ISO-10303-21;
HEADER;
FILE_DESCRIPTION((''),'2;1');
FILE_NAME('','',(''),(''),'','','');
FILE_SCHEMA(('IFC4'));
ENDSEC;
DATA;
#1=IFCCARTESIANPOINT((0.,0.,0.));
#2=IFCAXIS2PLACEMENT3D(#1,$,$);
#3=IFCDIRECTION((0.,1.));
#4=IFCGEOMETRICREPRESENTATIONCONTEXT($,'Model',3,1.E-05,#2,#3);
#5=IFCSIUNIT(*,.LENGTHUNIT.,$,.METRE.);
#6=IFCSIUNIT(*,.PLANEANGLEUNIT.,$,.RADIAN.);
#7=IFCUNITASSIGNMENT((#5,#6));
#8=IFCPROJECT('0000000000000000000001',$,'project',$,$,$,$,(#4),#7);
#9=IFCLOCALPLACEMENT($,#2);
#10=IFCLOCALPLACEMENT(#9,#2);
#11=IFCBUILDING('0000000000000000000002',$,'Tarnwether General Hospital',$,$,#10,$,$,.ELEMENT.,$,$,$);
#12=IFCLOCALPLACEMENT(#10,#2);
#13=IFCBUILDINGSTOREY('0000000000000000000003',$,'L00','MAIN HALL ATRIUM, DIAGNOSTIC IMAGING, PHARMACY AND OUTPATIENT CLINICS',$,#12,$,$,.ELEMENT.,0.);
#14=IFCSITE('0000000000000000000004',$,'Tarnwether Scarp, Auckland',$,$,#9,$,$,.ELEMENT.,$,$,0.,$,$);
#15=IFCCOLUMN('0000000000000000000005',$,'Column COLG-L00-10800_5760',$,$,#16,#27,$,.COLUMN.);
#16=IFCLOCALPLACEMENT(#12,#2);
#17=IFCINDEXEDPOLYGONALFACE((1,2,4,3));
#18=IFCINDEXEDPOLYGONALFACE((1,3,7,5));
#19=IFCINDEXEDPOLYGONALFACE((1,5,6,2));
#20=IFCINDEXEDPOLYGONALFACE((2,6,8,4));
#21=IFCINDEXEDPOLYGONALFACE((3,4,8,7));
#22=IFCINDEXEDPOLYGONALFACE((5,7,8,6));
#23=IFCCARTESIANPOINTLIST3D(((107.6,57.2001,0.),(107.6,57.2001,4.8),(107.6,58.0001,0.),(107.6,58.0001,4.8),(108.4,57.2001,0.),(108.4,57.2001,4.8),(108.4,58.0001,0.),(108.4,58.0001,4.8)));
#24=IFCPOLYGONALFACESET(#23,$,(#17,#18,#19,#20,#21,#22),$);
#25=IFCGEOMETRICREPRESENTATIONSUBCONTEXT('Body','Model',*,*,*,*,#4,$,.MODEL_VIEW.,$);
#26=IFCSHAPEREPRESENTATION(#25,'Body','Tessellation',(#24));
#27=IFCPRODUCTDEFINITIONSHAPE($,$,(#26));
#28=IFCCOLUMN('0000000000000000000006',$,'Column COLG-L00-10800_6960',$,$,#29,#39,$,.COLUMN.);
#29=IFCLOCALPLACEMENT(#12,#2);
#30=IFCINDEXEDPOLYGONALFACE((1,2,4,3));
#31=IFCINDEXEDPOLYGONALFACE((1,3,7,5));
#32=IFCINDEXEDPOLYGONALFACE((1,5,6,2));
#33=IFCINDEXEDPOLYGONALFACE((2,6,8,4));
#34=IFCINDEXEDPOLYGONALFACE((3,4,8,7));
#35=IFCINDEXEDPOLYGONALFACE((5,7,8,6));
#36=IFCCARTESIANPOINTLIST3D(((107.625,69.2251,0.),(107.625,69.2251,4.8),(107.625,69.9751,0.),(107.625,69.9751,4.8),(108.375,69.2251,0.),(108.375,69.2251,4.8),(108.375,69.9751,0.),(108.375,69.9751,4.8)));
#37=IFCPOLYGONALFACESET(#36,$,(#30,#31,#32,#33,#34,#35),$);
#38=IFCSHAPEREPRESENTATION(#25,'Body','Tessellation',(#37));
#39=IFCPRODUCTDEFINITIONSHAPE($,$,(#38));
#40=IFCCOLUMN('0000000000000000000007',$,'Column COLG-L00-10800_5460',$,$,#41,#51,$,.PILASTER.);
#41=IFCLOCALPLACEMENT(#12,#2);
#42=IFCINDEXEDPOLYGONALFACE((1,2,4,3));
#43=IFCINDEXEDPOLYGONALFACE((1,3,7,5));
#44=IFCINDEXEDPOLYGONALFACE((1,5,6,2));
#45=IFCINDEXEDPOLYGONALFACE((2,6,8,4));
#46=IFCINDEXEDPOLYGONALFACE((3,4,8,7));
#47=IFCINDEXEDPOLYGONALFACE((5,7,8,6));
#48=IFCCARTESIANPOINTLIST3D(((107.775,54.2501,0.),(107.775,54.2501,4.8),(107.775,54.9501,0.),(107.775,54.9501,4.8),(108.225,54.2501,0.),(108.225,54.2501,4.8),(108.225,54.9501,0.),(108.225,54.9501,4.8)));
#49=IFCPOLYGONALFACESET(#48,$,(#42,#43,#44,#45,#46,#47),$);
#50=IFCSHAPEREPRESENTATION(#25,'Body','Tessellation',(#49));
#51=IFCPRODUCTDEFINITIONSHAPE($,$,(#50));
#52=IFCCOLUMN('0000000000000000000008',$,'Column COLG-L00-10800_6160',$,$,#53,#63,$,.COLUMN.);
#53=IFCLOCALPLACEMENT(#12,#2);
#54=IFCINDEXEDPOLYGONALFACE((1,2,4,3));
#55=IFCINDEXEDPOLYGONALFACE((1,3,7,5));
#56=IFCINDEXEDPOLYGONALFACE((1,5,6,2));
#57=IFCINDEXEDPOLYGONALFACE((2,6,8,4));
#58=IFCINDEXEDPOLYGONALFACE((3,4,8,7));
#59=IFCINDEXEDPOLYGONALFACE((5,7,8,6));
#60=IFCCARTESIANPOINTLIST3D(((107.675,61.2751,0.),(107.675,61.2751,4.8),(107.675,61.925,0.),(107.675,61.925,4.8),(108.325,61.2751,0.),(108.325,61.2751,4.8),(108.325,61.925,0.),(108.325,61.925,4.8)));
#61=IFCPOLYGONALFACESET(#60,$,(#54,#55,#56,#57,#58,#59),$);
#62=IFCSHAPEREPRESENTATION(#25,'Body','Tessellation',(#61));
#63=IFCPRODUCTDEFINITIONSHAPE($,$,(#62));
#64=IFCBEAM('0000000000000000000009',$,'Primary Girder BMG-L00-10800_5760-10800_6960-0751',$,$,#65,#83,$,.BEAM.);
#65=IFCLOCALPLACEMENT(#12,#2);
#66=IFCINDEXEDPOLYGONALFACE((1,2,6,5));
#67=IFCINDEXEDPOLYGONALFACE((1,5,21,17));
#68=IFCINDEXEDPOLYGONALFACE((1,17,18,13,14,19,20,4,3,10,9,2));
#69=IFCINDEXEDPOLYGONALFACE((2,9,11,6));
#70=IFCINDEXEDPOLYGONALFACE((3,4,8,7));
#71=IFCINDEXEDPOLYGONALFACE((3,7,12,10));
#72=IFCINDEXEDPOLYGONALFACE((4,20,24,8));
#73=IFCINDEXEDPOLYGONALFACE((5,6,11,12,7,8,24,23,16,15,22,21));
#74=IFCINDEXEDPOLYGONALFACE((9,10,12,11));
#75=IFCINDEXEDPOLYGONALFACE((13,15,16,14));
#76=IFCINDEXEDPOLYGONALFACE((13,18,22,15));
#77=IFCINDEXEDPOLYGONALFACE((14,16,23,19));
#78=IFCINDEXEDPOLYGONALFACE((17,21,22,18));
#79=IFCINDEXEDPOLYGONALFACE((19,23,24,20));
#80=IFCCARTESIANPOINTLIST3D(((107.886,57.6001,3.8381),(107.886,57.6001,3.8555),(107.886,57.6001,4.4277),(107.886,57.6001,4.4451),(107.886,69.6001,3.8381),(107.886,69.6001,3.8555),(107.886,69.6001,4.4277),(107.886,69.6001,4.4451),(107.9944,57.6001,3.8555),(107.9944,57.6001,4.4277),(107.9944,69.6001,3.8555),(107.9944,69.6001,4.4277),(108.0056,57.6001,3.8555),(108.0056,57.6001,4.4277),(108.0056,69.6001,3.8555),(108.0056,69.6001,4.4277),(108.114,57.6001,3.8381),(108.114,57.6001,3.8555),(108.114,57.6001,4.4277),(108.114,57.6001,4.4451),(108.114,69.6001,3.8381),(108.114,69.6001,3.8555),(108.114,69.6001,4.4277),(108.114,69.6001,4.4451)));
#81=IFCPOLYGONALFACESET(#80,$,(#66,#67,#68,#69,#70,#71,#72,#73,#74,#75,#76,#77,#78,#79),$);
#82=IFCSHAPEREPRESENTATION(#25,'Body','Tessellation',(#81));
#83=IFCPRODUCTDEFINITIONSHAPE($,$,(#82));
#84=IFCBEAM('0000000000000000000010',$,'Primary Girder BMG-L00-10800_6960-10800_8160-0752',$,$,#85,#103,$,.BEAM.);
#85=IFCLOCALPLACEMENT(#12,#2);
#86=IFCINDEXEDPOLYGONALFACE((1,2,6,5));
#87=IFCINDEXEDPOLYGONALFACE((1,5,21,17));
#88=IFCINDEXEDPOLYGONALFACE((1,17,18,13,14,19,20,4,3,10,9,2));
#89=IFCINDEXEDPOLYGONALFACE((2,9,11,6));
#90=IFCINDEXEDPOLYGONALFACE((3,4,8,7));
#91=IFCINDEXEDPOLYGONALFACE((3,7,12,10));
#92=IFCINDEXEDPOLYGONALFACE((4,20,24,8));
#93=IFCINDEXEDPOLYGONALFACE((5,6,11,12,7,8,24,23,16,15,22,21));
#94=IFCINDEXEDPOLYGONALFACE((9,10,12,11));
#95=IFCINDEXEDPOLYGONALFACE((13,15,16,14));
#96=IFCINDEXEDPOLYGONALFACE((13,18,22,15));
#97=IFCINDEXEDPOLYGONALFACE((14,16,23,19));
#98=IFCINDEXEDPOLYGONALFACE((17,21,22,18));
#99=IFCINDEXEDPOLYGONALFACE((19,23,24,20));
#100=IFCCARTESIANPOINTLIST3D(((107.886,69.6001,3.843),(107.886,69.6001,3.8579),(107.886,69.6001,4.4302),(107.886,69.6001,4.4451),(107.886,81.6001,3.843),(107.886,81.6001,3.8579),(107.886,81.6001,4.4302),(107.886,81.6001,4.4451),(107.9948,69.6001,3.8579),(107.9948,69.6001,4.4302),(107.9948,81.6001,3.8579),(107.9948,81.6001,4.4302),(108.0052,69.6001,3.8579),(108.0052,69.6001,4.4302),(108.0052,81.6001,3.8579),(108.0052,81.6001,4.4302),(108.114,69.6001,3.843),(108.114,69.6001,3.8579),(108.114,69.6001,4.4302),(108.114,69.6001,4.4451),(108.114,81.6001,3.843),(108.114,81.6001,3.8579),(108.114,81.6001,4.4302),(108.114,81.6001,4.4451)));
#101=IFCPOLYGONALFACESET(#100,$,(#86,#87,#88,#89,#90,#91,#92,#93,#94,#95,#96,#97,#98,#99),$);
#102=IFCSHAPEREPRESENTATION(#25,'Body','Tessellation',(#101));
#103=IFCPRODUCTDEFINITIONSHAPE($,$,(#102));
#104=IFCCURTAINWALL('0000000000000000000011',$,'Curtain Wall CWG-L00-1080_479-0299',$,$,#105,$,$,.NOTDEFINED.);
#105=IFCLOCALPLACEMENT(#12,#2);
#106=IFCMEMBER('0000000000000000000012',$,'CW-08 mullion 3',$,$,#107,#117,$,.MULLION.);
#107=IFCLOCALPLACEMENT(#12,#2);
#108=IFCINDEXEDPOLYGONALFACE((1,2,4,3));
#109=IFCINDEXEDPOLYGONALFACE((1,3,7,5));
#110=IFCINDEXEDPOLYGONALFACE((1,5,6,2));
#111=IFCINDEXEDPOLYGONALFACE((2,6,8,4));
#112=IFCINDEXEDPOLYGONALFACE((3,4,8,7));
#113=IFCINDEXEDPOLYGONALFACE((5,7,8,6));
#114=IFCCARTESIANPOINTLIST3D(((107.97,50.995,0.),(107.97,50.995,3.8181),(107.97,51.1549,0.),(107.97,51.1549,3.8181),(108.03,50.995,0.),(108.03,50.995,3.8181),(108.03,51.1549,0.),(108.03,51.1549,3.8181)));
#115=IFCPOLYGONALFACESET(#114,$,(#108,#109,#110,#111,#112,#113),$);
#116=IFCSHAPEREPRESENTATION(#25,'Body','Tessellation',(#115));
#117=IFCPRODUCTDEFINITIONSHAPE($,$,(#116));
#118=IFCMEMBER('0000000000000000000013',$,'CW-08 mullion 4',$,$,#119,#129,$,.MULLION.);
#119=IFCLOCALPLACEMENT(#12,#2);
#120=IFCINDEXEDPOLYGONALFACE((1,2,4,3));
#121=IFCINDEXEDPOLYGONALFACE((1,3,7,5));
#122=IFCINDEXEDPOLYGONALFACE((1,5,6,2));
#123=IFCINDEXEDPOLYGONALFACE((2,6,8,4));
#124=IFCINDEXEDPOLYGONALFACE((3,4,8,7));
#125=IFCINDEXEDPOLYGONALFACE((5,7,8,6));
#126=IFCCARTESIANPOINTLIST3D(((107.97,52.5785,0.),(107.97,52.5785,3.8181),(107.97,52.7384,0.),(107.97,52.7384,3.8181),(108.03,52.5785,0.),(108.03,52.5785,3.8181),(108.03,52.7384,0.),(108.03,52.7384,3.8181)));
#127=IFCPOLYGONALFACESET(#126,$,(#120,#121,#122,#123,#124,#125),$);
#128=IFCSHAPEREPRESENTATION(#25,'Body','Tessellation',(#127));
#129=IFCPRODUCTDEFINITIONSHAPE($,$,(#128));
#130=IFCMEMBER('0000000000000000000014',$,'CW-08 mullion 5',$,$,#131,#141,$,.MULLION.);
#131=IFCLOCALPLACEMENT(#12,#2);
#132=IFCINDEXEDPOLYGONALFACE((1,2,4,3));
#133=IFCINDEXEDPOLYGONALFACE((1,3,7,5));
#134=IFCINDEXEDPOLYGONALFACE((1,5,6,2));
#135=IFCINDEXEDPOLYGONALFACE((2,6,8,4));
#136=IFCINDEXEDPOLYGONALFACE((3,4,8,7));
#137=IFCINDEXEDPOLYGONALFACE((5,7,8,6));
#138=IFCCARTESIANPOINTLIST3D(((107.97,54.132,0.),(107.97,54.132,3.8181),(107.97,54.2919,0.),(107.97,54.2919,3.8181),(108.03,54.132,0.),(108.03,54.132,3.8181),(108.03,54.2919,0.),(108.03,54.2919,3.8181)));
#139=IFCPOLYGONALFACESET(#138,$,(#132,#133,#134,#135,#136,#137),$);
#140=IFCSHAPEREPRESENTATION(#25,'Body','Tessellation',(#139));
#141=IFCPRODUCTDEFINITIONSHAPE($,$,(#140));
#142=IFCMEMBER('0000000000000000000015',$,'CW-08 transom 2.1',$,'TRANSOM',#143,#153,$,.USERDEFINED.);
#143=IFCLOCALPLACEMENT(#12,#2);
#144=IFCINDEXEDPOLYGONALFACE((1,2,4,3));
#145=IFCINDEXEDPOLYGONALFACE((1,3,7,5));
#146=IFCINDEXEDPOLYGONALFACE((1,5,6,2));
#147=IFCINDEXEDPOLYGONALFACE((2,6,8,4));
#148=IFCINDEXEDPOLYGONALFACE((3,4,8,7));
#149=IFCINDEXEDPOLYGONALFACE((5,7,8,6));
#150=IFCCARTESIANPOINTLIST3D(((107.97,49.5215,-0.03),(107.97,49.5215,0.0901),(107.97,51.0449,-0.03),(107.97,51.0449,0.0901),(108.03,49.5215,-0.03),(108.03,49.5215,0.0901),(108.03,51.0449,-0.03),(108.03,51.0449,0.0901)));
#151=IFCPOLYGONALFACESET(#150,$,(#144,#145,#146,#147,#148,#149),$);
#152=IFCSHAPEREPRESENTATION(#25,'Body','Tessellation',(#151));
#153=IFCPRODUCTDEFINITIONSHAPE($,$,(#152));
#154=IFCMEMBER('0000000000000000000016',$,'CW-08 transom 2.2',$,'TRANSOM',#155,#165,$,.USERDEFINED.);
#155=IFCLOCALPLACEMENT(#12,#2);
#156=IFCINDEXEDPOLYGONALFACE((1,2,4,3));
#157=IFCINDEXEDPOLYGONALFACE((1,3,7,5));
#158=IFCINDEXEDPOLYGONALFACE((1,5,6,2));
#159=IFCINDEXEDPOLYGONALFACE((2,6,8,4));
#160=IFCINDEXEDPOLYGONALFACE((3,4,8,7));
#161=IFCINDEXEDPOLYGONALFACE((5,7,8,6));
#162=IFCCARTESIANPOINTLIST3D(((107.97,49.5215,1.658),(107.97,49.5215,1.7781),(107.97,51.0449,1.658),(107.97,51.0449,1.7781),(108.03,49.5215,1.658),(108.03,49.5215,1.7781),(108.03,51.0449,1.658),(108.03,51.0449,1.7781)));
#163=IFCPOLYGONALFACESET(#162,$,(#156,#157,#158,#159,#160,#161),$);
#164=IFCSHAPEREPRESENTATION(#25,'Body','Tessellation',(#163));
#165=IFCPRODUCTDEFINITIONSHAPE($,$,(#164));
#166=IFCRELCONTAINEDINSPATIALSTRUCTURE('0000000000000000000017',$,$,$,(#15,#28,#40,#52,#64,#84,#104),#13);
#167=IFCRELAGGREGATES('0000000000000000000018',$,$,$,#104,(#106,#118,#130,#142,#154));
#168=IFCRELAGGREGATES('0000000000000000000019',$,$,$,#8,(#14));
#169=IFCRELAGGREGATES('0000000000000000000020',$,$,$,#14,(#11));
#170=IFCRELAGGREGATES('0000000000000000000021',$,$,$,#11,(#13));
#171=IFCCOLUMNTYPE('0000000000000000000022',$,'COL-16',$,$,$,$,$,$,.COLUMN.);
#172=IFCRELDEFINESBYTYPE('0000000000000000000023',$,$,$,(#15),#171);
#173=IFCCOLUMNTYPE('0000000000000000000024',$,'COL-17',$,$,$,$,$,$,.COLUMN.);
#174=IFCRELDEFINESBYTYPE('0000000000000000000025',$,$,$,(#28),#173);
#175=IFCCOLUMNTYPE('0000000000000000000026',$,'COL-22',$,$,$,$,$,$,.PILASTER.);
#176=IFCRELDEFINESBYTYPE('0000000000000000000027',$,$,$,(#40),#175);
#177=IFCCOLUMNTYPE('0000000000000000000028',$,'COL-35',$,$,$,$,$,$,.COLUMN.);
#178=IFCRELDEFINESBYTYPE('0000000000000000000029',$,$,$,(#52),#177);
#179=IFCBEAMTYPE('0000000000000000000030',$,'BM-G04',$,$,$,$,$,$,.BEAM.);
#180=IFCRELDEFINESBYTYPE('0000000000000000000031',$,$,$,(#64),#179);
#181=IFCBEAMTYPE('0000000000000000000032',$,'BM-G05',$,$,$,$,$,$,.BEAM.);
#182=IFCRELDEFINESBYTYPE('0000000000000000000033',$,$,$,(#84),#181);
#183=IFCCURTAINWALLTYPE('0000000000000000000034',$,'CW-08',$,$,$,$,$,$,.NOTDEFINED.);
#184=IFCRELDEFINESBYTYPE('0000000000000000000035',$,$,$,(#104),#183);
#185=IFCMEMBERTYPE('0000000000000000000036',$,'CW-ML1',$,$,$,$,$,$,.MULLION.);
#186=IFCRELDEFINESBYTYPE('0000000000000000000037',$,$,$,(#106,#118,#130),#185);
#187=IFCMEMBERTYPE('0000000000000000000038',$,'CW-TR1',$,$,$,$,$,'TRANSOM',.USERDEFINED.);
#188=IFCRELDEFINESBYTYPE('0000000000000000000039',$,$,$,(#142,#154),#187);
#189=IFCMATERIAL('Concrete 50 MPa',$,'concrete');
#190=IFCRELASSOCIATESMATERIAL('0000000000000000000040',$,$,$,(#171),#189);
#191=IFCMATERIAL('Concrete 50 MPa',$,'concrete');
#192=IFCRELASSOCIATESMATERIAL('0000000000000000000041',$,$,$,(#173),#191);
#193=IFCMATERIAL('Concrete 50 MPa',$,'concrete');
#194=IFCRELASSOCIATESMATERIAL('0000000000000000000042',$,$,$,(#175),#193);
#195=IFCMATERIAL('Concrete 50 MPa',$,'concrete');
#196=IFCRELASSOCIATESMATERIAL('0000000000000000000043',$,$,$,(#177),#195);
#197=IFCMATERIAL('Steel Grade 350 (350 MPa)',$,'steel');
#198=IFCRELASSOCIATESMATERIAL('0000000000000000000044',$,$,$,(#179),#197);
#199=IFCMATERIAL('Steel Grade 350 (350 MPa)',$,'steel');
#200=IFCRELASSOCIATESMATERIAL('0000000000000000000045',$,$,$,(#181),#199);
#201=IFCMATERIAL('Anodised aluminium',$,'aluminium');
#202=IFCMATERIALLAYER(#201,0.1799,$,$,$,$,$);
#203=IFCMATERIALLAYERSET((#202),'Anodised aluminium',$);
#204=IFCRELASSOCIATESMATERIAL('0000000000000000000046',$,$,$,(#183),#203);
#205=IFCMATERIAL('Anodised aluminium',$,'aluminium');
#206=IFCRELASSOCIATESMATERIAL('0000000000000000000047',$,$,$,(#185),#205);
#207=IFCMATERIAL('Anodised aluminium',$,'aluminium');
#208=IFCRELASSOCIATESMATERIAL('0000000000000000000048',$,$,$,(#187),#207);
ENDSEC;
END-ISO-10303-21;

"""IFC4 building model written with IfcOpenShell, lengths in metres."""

from ifc_helpers import new_model, si_unit, direction, frame, origin, origin_2d, place, context, subcontext, project, spatial, rectangle, i_section, extrude, material, layer, layer_set, material_profile, profile_set, type_object, element, aggregate, save


model = new_model("IFC4")

# Units and contexts
model_context = context("Model", 3, precision=1e-05, world=origin(), true_north=direction((0.0, 1.0)))
body_context = subcontext(model_context, "Body", "Model", "MODEL_VIEW")
ifc_project = project(units=[si_unit("LENGTHUNIT", "METRE"), si_unit("PLANEANGLEUNIT", "RADIAN")], contexts=[model_context])

# Site, building, storey
site_placement = place(None, origin())
site = spatial("IfcSite", under=ifc_project, at=site_placement, Name="Tarnwether Scarp, Auckland", CompositionType="ELEMENT", RefElevation=0.0)
building_placement = place(site_placement, origin())
building = spatial("IfcBuilding", under=site, at=building_placement, Name="Tarnwether General Hospital", CompositionType="ELEMENT")
storey_placement = place(building_placement, origin())
storey = spatial("IfcBuildingStorey", under=building, at=storey_placement, Name="L00", Description="MAIN HALL ATRIUM, DIAGNOSTIC IMAGING, PHARMACY AND OUTPATIENT CLINICS", CompositionType="ELEMENT", Elevation=0.0)

# Columns
ifc_material_1 = material(Name="Concrete 50 MPa", Category="concrete")
ifc_material_profile_1 = material_profile(ifc_material_1, rectangle(XDim=0.8, YDim=0.8, at=origin_2d()), Name="RC-COL-800x800")
ifc_profile_set_1 = profile_set([ifc_material_profile_1], Name="Concrete 50 MPa")
column_type_1 = type_object("IfcColumnType", Name="COL-16", PredefinedType="COLUMN", material=ifc_profile_set_1)
column_1_placement = place(storey_placement, frame((108.0, 57.6001, 0.0), z_axis=(0.0, 0.0, 1.0), x_axis=(0.0, 1.0, 0.0)))
element("IfcColumn", 1, at=column_1_placement, inside=storey, type_object=column_type_1, Name="Column COLG-L00-10800_5760", PredefinedType="COLUMN", context=body_context, shape_type="SweptSolid", body=[
    extrude(rectangle(XDim=0.8, YDim=0.8, at=origin_2d()), origin(), (0.0, 0.0, 1.0), 4.8),
])
ifc_material_2 = material(Name="Concrete 50 MPa", Category="concrete")
ifc_material_profile_2 = material_profile(ifc_material_2, rectangle(XDim=0.75, YDim=0.75, at=origin_2d()), Name="RC-COL-750x750")
ifc_profile_set_2 = profile_set([ifc_material_profile_2], Name="Concrete 50 MPa")
column_type_2 = type_object("IfcColumnType", Name="COL-17", PredefinedType="COLUMN", material=ifc_profile_set_2)
column_2_placement = place(storey_placement, frame((108.0, 69.6001, 0.0), z_axis=(0.0, 0.0, 1.0), x_axis=(0.0, 1.0, 0.0)))
element("IfcColumn", 2, at=column_2_placement, inside=storey, type_object=column_type_2, Name="Column COLG-L00-10800_6960", PredefinedType="COLUMN", context=body_context, shape_type="SweptSolid", body=[
    extrude(rectangle(XDim=0.75, YDim=0.75, at=origin_2d()), origin(), (0.0, 0.0, 1.0), 4.8),
])
ifc_material_3 = material(Name="Concrete 50 MPa", Category="concrete")
ifc_material_profile_3 = material_profile(ifc_material_3, rectangle(XDim=0.45, YDim=0.7, at=origin_2d()), Name="RC-PIL-450x700")
ifc_profile_set_3 = profile_set([ifc_material_profile_3], Name="Concrete 50 MPa")
column_type_3 = type_object("IfcColumnType", Name="COL-22", PredefinedType="PILASTER", material=ifc_profile_set_3)
column_3_placement = place(storey_placement, frame((108.0, 54.6001, 0.0), z_axis=(0.0, 0.0, 1.0), x_axis=(1.0, 0.0, 0.0)))
element("IfcColumn", 3, at=column_3_placement, inside=storey, type_object=column_type_3, Name="Column COLG-L00-10800_5460", PredefinedType="PILASTER", context=body_context, shape_type="SweptSolid", body=[
    extrude(rectangle(XDim=0.45, YDim=0.7, at=origin_2d()), origin(), (0.0, 0.0, 1.0), 4.8),
])
ifc_material_4 = material(Name="Concrete 50 MPa", Category="concrete")
ifc_material_profile_4 = material_profile(ifc_material_4, rectangle(XDim=0.6499, YDim=0.6499, at=origin_2d()), Name="RC-COL-650x650")
ifc_profile_set_4 = profile_set([ifc_material_profile_4], Name="Concrete 50 MPa")
column_type_4 = type_object("IfcColumnType", Name="COL-35", PredefinedType="COLUMN", material=ifc_profile_set_4)
column_4_placement = place(storey_placement, frame((108.0, 61.6001, 0.0), z_axis=(0.0, 0.0, 1.0), x_axis=(1.0, 0.0, 0.0)))
element("IfcColumn", 4, at=column_4_placement, inside=storey, type_object=column_type_4, Name="Column COLG-L00-10800_6160", PredefinedType="COLUMN", context=body_context, shape_type="SweptSolid", body=[
    extrude(rectangle(XDim=0.6499, YDim=0.6499, at=origin_2d()), origin(), (0.0, 0.0, 1.0), 4.8),
])

# Beams
ifc_material_5 = material(Name="Steel Grade 350 (350 MPa)", Category="steel")
ifc_material_profile_5 = material_profile(ifc_material_5, i_section(OverallWidth=0.228, OverallDepth=0.6069, WebThickness=0.0112, FlangeThickness=0.0173, at=origin_2d()), Name="610UB113")
ifc_profile_set_5 = profile_set([ifc_material_profile_5], Name="Steel Grade 350 (350 MPa)")
beam_type_1 = type_object("IfcBeamType", Name="BM-G04", PredefinedType="BEAM", material=ifc_profile_set_5)
beam_1_placement = place(storey_placement, frame((108.0, 57.6001, 4.1416), z_axis=(0.0, 1.0, 0.0), x_axis=(-1.0, 0.0, 0.0)))
element("IfcBeam", 5, at=beam_1_placement, inside=storey, type_object=beam_type_1, Name="Primary Girder BMG-L00-10800_5760-10800_6960-0751", PredefinedType="BEAM", context=body_context, shape_type="SweptSolid", body=[
    extrude(i_section(OverallWidth=0.228, OverallDepth=0.6069, WebThickness=0.0112, FlangeThickness=0.0173, at=origin_2d()), origin(), (0.0, 0.0, 1.0), 12.0),
])
ifc_material_6 = material(Name="Steel Grade 350 (350 MPa)", Category="steel")
ifc_material_profile_6 = material_profile(ifc_material_6, i_section(OverallWidth=0.228, OverallDepth=0.6021, WebThickness=0.0105, FlangeThickness=0.0149, at=origin_2d()), Name="610UB101")
ifc_profile_set_6 = profile_set([ifc_material_profile_6], Name="Steel Grade 350 (350 MPa)")
beam_type_2 = type_object("IfcBeamType", Name="BM-G05", PredefinedType="BEAM", material=ifc_profile_set_6)
beam_2_placement = place(storey_placement, frame((108.0, 69.6001, 4.144), z_axis=(0.0, 1.0, 0.0), x_axis=(-1.0, 0.0, 0.0)))
element("IfcBeam", 6, at=beam_2_placement, inside=storey, type_object=beam_type_2, Name="Primary Girder BMG-L00-10800_6960-10800_8160-0752", PredefinedType="BEAM", context=body_context, shape_type="SweptSolid", body=[
    extrude(i_section(OverallWidth=0.228, OverallDepth=0.6021, WebThickness=0.0105, FlangeThickness=0.0149, at=origin_2d()), origin(), (0.0, 0.0, 1.0), 12.0),
])

# Curtain wall, members
ifc_material_7 = material(Name="Anodised aluminium", Category="aluminium")
ifc_layer_1 = layer(ifc_material_7, 0.1799)
ifc_layer_set_1 = layer_set([ifc_layer_1], Name="Anodised aluminium")
curtain_wall_type = type_object("IfcCurtainWallType", Name="CW-08", PredefinedType="NOTDEFINED", material=ifc_layer_set_1)
curtain_wall_placement = place(storey_placement, origin())
curtain_wall = element("IfcCurtainWall", 7, at=curtain_wall_placement, inside=storey, type_object=curtain_wall_type, Name="Curtain Wall CWG-L00-1080_479-0299", PredefinedType="NOTDEFINED")
ifc_material_8 = material(Name="Anodised aluminium", Category="aluminium")
ifc_material_profile_7 = material_profile(ifc_material_8, rectangle(XDim=0.0601, YDim=0.1599, at=origin_2d()), Name="ALU-MUL-60x160")
ifc_profile_set_7 = profile_set([ifc_material_profile_7], Name="Anodised aluminium")
member_type_1 = type_object("IfcMemberType", Name="CW-ML1", PredefinedType="MULLION", material=ifc_profile_set_7)
member_1_placement = place(storey_placement, frame((108.0, 51.075, 0.0), z_axis=(0.0, 0.0, 1.0), x_axis=(-1.0, 0.0, 0.0)))
member_1 = element("IfcMember", 8, at=member_1_placement, type_object=member_type_1, Name="CW-08 mullion 3", PredefinedType="MULLION", context=body_context, shape_type="SweptSolid", body=[
    extrude(rectangle(XDim=0.0601, YDim=0.1599, at=origin_2d()), origin(), (0.0, 0.0, 1.0), 3.8181),
])
member_2_placement = place(storey_placement, frame((108.0, 52.6584, 0.0), z_axis=(0.0, 0.0, 1.0), x_axis=(-1.0, 0.0, 0.0)))
member_2 = element("IfcMember", 9, at=member_2_placement, type_object=member_type_1, Name="CW-08 mullion 4", PredefinedType="MULLION", context=body_context, shape_type="SweptSolid", body=[
    extrude(rectangle(XDim=0.0601, YDim=0.1599, at=origin_2d()), origin(), (0.0, 0.0, 1.0), 3.8181),
])
member_3_placement = place(storey_placement, frame((108.0, 54.2119, 0.0), z_axis=(0.0, 0.0, 1.0), x_axis=(-1.0, 0.0, 0.0)))
member_3 = element("IfcMember", 10, at=member_3_placement, type_object=member_type_1, Name="CW-08 mullion 5", PredefinedType="MULLION", context=body_context, shape_type="SweptSolid", body=[
    extrude(rectangle(XDim=0.0601, YDim=0.1599, at=origin_2d()), origin(), (0.0, 0.0, 1.0), 3.8181),
])
ifc_material_9 = material(Name="Anodised aluminium", Category="aluminium")
ifc_material_profile_8 = material_profile(ifc_material_9, rectangle(XDim=0.0601, YDim=0.1201, at=origin_2d()), Name="ALU-TRN-60x120")
ifc_profile_set_8 = profile_set([ifc_material_profile_8], Name="Anodised aluminium")
member_type_2 = type_object("IfcMemberType", Name="CW-TR1", ElementType="TRANSOM", PredefinedType="USERDEFINED", material=ifc_profile_set_8)
member_4_placement = place(storey_placement, frame((108.0, 49.5215, 0.03), z_axis=(0.0, 1.0, 0.0), x_axis=(-1.0, 0.0, 0.0)))
member_4 = element("IfcMember", 11, at=member_4_placement, type_object=member_type_2, Name="CW-08 transom 2.1", ObjectType="TRANSOM", PredefinedType="USERDEFINED", context=body_context, shape_type="SweptSolid", body=[
    extrude(rectangle(XDim=0.0601, YDim=0.1201, at=origin_2d()), origin(), (0.0, 0.0, 1.0), 1.5234),
])
member_5_placement = place(storey_placement, frame((108.0, 49.5215, 1.718), z_axis=(0.0, 1.0, 0.0), x_axis=(-1.0, 0.0, 0.0)))
member_5 = element("IfcMember", 12, at=member_5_placement, type_object=member_type_2, Name="CW-08 transom 2.2", ObjectType="TRANSOM", PredefinedType="USERDEFINED", context=body_context, shape_type="SweptSolid", body=[
    extrude(rectangle(XDim=0.0601, YDim=0.1201, at=origin_2d()), origin(), (0.0, 0.0, 1.0), 1.5234),
])
aggregate(curtain_wall, [member_1, member_2, member_3, member_4, member_5])

save(model, "model.ifc")
